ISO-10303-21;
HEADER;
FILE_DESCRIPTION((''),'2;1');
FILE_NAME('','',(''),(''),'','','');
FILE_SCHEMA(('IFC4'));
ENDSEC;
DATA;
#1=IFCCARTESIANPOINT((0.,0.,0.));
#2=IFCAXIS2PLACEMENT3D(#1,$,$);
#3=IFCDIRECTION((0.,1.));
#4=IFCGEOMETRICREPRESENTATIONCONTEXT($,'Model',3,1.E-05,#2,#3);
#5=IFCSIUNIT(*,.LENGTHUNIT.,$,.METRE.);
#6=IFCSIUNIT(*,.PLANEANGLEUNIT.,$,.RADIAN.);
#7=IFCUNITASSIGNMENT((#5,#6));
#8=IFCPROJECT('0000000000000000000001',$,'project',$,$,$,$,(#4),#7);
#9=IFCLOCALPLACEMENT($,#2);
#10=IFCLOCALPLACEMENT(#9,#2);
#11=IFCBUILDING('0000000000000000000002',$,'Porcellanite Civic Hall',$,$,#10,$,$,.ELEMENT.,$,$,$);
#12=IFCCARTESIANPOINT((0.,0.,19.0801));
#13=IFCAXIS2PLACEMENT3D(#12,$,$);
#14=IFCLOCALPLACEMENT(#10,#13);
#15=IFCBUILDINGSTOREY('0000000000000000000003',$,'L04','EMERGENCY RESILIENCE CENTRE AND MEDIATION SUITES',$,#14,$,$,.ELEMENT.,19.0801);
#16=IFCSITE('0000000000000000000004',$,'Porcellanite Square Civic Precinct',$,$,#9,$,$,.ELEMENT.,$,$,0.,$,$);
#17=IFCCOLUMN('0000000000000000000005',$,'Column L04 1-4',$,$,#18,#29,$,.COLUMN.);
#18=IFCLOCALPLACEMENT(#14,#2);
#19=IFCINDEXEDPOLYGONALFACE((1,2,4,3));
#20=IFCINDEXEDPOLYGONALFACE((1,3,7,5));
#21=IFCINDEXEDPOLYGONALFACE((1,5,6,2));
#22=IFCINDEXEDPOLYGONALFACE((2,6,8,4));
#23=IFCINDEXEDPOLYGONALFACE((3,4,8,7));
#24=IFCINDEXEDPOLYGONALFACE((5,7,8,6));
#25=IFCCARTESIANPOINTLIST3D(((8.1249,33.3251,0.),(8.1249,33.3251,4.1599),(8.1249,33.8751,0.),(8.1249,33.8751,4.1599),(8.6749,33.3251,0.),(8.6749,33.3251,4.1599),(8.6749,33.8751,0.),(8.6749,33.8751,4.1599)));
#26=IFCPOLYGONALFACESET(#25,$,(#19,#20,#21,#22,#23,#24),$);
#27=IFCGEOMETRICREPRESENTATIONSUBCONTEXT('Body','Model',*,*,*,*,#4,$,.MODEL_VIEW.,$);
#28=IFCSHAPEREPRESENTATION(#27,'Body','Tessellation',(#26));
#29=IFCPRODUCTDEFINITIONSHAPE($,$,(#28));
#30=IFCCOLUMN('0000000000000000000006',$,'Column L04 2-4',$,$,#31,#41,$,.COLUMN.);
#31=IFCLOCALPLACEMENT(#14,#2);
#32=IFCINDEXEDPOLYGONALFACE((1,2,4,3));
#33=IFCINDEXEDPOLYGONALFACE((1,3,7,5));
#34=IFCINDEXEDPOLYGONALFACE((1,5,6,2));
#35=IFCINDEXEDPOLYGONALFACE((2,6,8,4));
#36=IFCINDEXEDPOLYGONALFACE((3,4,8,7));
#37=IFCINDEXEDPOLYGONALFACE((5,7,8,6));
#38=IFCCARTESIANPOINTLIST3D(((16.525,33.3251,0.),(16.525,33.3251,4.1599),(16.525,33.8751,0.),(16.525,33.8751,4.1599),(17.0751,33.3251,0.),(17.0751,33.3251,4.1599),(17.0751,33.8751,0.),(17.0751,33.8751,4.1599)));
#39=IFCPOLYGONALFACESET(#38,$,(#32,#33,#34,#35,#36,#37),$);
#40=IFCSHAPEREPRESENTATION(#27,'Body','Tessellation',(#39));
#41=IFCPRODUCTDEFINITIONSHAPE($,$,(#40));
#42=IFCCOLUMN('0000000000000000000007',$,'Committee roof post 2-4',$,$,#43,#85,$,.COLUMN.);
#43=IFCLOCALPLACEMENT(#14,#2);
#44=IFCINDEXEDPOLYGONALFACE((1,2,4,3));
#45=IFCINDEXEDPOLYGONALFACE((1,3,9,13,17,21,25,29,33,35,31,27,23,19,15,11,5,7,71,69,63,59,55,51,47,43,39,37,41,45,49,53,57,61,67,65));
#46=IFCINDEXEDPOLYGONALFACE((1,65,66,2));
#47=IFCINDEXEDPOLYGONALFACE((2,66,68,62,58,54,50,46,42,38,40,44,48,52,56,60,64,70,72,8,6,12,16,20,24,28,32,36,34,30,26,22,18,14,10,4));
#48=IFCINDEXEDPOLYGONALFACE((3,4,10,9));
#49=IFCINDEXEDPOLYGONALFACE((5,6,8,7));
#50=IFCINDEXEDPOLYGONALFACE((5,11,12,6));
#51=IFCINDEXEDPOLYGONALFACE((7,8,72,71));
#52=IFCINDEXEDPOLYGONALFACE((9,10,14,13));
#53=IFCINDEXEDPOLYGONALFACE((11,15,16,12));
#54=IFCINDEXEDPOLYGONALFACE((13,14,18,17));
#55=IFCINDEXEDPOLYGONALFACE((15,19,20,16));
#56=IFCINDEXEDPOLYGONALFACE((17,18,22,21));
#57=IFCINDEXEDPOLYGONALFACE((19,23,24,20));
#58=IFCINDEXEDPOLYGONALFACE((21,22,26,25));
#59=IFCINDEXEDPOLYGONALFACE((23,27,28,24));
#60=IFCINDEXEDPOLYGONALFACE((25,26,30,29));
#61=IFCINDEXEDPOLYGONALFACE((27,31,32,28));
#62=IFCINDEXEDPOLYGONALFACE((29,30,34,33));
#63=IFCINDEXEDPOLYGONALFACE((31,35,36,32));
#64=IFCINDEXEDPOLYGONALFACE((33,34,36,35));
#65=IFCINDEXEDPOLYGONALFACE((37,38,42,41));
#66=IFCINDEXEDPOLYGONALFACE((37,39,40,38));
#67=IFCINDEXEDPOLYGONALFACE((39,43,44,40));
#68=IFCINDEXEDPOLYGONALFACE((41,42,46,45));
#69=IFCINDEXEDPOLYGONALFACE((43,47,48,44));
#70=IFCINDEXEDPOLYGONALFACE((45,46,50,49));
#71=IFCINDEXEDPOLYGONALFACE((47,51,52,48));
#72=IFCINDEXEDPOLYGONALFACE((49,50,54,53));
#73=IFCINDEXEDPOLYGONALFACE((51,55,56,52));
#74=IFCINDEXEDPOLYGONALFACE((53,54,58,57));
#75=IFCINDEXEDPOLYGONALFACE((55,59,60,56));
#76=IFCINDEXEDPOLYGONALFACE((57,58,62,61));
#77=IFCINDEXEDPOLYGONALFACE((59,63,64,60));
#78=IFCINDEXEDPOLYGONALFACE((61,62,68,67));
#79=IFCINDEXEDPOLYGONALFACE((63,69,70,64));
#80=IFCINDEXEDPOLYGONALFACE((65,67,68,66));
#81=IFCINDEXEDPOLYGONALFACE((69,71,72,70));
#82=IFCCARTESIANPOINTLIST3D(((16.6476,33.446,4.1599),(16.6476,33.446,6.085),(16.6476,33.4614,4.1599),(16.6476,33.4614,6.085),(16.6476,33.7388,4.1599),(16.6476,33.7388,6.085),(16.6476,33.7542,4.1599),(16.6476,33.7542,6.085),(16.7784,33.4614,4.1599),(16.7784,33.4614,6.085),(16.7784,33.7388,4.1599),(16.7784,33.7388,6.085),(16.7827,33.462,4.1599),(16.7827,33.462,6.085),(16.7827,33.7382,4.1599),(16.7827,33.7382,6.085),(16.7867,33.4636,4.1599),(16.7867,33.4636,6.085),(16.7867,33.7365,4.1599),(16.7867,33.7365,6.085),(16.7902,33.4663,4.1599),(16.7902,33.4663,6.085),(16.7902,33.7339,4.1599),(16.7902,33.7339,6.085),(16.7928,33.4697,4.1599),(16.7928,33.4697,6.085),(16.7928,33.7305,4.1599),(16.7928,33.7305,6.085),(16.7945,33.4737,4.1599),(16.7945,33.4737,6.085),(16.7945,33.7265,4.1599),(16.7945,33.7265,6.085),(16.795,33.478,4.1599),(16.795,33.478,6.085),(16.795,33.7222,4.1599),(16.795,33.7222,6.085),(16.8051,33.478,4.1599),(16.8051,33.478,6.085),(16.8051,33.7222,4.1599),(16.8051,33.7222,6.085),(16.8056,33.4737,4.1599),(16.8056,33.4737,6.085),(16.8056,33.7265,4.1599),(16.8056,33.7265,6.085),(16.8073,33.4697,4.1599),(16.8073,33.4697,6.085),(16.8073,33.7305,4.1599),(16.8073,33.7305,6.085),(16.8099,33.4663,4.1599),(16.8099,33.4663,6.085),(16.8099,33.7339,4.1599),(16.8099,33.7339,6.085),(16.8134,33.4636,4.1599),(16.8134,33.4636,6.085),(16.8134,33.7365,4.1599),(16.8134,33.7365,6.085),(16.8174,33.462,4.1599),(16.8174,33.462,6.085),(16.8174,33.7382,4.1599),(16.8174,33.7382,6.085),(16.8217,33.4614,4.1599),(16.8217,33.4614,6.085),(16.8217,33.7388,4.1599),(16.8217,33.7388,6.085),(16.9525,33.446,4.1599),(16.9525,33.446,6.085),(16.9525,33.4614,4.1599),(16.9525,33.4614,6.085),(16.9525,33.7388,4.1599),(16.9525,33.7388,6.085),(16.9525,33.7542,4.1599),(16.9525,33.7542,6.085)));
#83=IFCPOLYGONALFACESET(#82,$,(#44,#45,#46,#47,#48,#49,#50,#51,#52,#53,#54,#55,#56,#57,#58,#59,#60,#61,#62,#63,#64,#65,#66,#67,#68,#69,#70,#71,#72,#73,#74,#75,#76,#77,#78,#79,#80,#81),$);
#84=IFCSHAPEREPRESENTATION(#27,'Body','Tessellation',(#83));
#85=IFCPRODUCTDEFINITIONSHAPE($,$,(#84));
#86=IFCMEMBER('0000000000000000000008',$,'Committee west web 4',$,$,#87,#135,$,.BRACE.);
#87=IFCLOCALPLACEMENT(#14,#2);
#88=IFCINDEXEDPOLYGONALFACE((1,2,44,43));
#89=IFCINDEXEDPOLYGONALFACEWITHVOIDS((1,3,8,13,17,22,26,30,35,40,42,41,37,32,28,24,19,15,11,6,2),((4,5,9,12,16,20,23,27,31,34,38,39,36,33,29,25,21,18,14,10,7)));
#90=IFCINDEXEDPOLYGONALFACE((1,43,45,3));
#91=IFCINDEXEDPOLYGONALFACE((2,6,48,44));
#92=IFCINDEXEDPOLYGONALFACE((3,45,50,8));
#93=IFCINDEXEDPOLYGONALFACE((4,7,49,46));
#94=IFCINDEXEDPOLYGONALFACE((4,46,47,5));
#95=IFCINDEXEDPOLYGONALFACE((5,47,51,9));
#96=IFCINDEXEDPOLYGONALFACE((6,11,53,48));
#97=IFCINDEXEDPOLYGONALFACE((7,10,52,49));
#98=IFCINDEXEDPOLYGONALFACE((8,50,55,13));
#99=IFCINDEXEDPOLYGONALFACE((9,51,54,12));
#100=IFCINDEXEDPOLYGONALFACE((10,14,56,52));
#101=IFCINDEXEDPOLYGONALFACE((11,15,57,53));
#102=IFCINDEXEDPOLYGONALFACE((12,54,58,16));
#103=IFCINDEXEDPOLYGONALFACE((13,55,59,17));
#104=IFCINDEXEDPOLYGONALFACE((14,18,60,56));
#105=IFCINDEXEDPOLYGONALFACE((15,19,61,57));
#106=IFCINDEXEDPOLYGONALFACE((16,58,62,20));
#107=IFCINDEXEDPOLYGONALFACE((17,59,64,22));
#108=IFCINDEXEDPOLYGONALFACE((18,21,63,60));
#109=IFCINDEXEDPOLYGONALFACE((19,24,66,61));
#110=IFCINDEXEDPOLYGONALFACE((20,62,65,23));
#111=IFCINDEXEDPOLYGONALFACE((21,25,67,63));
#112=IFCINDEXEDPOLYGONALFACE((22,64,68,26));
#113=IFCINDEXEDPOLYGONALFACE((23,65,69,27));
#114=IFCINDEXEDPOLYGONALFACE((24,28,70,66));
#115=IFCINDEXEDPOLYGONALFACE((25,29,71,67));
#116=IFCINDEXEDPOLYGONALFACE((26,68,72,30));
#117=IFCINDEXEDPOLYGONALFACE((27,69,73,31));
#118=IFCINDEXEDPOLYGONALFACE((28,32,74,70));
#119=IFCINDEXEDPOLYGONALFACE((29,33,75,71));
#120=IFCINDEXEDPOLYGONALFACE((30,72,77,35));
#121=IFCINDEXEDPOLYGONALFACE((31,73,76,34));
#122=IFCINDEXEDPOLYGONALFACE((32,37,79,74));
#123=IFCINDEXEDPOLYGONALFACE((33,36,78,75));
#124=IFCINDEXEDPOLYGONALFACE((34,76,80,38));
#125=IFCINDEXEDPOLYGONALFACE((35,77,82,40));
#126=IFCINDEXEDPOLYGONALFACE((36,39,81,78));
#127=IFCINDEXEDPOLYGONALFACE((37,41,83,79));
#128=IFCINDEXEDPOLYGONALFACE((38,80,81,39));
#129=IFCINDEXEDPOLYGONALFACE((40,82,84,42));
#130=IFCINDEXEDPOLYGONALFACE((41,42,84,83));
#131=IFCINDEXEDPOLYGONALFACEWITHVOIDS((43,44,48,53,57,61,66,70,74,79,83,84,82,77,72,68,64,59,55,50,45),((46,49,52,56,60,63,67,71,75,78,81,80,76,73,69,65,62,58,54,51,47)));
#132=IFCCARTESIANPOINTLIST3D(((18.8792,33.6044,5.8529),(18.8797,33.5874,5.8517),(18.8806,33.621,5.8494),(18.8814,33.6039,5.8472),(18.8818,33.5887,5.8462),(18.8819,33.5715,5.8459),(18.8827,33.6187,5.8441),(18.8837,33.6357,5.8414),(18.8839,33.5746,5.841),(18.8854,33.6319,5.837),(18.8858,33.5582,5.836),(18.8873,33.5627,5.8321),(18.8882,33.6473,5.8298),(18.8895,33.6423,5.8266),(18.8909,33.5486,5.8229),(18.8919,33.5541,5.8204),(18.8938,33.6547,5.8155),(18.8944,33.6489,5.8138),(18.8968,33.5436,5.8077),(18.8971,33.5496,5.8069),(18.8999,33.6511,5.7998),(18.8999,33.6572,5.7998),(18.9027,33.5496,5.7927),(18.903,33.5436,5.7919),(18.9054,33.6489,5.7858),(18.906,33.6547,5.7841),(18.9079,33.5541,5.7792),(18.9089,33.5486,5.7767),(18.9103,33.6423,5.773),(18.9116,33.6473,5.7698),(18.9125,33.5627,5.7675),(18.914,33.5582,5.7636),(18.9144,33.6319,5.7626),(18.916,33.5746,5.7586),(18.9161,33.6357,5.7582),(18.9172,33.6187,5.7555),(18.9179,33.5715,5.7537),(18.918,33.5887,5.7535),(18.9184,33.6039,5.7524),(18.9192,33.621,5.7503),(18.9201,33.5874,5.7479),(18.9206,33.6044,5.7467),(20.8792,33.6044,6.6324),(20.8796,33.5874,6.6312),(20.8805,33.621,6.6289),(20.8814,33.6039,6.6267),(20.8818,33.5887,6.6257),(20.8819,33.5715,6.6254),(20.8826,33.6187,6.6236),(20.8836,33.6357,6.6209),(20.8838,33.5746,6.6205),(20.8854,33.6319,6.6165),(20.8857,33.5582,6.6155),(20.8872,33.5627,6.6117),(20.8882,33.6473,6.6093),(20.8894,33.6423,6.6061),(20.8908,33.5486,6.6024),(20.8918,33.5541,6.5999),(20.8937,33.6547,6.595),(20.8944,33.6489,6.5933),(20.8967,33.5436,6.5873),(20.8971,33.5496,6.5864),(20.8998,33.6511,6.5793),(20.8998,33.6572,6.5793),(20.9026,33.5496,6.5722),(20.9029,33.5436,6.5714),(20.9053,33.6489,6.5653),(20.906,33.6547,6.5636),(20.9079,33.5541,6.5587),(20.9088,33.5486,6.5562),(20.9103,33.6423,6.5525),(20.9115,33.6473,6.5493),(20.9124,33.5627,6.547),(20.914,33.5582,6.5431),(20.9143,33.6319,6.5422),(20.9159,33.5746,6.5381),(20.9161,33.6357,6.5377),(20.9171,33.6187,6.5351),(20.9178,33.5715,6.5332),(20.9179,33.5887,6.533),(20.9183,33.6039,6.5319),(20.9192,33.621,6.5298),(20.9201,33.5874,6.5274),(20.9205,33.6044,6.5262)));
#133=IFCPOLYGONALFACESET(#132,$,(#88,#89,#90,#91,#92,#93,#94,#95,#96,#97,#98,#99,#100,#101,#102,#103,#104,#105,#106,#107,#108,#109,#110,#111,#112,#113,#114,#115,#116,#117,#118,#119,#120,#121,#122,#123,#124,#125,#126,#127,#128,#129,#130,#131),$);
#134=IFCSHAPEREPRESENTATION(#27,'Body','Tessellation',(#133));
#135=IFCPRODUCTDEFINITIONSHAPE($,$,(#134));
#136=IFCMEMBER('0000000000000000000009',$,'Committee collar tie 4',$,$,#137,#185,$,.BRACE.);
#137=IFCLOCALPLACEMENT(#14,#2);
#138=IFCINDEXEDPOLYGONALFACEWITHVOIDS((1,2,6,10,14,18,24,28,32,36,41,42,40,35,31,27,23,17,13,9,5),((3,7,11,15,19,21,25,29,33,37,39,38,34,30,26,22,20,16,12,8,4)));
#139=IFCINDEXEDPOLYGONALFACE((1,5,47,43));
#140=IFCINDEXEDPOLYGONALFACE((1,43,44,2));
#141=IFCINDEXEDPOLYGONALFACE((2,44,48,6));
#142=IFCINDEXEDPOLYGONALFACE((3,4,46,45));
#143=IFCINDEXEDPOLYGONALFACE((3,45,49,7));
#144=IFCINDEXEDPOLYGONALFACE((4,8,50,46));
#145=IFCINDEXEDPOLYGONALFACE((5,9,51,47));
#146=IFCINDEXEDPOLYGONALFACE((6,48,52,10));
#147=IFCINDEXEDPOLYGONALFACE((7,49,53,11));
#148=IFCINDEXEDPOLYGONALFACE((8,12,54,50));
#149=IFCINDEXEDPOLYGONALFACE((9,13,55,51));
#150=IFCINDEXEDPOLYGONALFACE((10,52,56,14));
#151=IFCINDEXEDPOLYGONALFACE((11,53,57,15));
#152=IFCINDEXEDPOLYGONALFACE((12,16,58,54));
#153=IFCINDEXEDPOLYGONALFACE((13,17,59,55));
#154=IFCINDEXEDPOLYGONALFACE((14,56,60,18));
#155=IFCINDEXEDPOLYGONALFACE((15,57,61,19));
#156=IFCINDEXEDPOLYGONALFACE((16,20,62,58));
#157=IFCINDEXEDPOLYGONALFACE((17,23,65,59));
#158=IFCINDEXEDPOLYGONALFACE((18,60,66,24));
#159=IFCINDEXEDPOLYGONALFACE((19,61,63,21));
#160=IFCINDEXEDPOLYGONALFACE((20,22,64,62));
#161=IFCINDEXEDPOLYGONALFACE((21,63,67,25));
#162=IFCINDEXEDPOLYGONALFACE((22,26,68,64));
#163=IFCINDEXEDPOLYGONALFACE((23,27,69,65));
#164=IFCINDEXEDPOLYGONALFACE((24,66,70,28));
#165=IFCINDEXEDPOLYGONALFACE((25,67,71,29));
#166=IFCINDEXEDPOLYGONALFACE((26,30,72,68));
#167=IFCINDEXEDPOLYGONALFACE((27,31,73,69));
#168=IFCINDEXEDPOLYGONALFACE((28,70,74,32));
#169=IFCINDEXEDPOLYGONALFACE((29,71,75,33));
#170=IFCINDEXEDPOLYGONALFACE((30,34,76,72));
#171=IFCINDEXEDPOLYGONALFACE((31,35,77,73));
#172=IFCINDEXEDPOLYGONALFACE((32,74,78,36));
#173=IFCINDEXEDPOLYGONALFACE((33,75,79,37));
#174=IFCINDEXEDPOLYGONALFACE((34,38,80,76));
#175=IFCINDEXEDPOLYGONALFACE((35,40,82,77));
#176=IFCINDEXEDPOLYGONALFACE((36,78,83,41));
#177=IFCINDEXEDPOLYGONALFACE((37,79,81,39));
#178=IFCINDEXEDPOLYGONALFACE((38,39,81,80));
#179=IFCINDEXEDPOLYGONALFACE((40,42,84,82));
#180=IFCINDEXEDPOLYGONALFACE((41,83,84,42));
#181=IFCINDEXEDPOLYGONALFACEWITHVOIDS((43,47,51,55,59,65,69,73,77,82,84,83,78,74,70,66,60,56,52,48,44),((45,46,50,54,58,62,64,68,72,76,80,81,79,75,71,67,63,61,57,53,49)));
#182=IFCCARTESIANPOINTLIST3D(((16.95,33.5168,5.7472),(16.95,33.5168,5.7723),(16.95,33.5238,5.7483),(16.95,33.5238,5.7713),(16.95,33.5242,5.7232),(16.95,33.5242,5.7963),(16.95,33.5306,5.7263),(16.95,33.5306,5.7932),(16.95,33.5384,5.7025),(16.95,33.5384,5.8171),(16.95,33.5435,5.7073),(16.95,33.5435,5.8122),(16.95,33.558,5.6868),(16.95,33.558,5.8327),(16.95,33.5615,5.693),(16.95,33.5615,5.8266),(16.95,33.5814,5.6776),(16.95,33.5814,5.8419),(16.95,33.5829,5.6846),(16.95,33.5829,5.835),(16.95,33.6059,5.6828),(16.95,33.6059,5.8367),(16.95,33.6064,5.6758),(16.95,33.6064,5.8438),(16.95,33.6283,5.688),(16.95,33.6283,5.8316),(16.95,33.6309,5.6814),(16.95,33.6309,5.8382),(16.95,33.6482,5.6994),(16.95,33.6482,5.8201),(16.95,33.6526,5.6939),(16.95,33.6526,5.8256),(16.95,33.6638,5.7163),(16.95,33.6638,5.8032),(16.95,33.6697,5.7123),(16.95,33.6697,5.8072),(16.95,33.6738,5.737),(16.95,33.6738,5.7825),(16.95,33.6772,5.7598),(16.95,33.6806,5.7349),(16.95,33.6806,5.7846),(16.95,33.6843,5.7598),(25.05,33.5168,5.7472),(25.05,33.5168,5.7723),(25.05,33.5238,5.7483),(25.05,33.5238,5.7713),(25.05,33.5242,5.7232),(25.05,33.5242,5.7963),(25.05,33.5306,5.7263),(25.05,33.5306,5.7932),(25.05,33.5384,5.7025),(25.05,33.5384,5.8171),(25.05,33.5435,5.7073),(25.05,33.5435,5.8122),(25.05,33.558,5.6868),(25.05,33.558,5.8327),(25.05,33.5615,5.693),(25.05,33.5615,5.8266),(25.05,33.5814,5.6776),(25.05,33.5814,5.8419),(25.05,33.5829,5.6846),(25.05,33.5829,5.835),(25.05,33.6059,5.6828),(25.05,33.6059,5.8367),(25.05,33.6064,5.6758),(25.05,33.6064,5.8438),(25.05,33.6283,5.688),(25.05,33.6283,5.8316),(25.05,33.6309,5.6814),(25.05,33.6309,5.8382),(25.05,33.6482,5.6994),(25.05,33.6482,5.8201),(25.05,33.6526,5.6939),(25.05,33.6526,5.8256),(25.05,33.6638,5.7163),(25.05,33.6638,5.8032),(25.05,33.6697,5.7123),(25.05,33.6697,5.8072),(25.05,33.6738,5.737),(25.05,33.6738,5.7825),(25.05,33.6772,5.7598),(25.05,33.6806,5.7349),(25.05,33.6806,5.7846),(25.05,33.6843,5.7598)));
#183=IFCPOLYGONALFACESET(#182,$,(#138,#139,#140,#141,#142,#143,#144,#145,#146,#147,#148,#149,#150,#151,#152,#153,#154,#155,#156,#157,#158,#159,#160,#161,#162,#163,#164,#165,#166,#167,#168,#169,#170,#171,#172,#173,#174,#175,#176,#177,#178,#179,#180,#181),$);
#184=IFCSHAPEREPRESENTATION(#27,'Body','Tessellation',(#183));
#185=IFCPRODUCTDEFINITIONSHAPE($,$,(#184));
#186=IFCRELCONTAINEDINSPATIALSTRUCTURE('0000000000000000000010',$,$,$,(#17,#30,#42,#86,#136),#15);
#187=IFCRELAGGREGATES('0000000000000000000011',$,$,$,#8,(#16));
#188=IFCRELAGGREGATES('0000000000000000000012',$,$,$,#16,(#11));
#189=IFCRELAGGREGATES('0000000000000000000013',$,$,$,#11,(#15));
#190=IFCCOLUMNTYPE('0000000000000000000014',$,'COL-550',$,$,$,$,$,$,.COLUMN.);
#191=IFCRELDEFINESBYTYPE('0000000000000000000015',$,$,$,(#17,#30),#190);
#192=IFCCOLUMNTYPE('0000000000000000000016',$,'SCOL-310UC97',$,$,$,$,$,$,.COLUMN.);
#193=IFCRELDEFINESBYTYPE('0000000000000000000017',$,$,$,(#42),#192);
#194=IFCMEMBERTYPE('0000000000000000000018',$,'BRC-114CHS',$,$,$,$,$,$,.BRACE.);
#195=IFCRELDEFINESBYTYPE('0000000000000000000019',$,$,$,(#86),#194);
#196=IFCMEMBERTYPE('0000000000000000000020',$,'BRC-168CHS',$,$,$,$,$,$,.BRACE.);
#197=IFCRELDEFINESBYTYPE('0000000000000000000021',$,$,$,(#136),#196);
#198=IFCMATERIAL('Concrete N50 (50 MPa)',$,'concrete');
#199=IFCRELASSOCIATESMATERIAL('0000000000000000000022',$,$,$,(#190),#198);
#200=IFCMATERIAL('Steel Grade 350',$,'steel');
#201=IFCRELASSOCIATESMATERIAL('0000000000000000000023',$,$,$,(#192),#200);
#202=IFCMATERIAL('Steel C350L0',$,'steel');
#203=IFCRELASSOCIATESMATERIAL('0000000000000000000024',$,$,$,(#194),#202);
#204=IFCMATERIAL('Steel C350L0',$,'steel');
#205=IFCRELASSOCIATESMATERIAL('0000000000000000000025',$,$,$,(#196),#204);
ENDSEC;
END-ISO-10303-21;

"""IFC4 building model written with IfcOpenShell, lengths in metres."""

from ifc_helpers import new_model, si_unit, direction, frame, origin, origin_2d, place, context, subcontext, project, spatial, rectangle, hollow_circle, i_section, extrude, material, material_profile, profile_set, type_object, element, save


model = new_model("IFC4")

# Units and contexts
model_context = context("Model", 3, precision=1e-05, world=origin(), true_north=direction((0.0, 1.0)))
body_context = subcontext(model_context, "Body", "Model", "MODEL_VIEW")
ifc_project = project(units=[si_unit("LENGTHUNIT", "METRE"), si_unit("PLANEANGLEUNIT", "RADIAN")], contexts=[model_context])

# Site, building, storey
site_placement = place(None, origin())
site = spatial("IfcSite", under=ifc_project, at=site_placement, Name="Porcellanite Square Civic Precinct", CompositionType="ELEMENT", RefElevation=0.0)
building_placement = place(site_placement, origin())
building = spatial("IfcBuilding", under=site, at=building_placement, Name="Porcellanite Civic Hall", CompositionType="ELEMENT")
storey_placement = place(building_placement, frame((0.0, 0.0, 19.0801)))
storey = spatial("IfcBuildingStorey", under=building, at=storey_placement, Name="L04", Description="EMERGENCY RESILIENCE CENTRE AND MEDIATION SUITES", CompositionType="ELEMENT", Elevation=19.0801)

# Columns
ifc_material_1 = material(Name="Concrete N50 (50 MPa)", Category="concrete")
ifc_material_profile_1 = material_profile(ifc_material_1, rectangle(XDim=0.55, YDim=0.55, at=origin_2d()), Name="RC-550x550")
ifc_profile_set_1 = profile_set([ifc_material_profile_1], Name="Concrete N50 (50 MPa)")
column_type_1 = type_object("IfcColumnType", Name="COL-550", PredefinedType="COLUMN", material=ifc_profile_set_1)
for number, where, z_axis, x_axis, name in (
    (1, (8.3999, 33.6001, 0.0), (0.0, 0.0, 1.0), (1.0, 0.0, 0.0), "Column L04 1-4"),
    (2, (16.8, 33.6001, 0.0), (0.0, 0.0, 1.0), (1.0, 0.0, 0.0), "Column L04 2-4"),
):
    element("IfcColumn", number, at=place(storey_placement, frame(where, z_axis=z_axis, x_axis=x_axis)), inside=storey, type_object=column_type_1, Name=name, PredefinedType="COLUMN", context=body_context, shape_type="SweptSolid", body=[
        extrude(rectangle(XDim=0.55, YDim=0.55, at=origin_2d()), origin(), (0.0, 0.0, 1.0), 4.1599),
    ])
ifc_material_2 = material(Name="Steel Grade 350", Category="steel")
ifc_material_profile_2 = material_profile(ifc_material_2, i_section(OverallWidth=0.3049, OverallDepth=0.3081, WebThickness=0.01, FlangeThickness=0.0154, FilletRadius=0.0166, at=origin_2d()), Name="310UC96.8")
ifc_profile_set_2 = profile_set([ifc_material_profile_2], Name="Steel Grade 350")
column_type_2 = type_object("IfcColumnType", Name="SCOL-310UC97", PredefinedType="COLUMN", material=ifc_profile_set_2)
column_placement = place(storey_placement, frame((16.8, 33.6001, 4.1599), z_axis=(0.0, 0.0, 1.0), x_axis=(1.0, 0.0, 0.0)))
element("IfcColumn", 3, at=column_placement, inside=storey, type_object=column_type_2, Name="Committee roof post 2-4", PredefinedType="COLUMN", context=body_context, shape_type="SweptSolid", body=[
    extrude(i_section(OverallWidth=0.3049, OverallDepth=0.3081, WebThickness=0.01, FlangeThickness=0.0154, FilletRadius=0.0166, at=origin_2d()), origin(), (0.0, 0.0, 1.0), 1.925),
])

# Members
ifc_material_3 = material(Name="Steel C350L0", Category="steel")
ifc_material_profile_3 = material_profile(ifc_material_3, hollow_circle(Radius=0.0571, WallThickness=0.0061, at=origin_2d()), Name="114.3x6.0CHS")
ifc_profile_set_3 = profile_set([ifc_material_profile_3], Name="Steel C350L0")
member_type_1 = type_object("IfcMemberType", Name="BRC-114CHS", PredefinedType="BRACE", material=ifc_profile_set_3)
member_1_placement = place(storey_placement, frame((18.8999, 33.6001, 5.7998), z_axis=(0.931727, 0.0, 0.36316), x_axis=(0.0, 1.0, 0.0)))
element("IfcMember", 4, at=member_1_placement, inside=storey, type_object=member_type_1, Name="Committee west web 4", PredefinedType="BRACE", context=body_context, shape_type="SweptSolid", body=[
    extrude(hollow_circle(Radius=0.0571, WallThickness=0.0061, at=origin_2d()), origin(), (0.0, 0.0, 1.0), 2.1465),
])
ifc_material_4 = material(Name="Steel C350L0", Category="steel")
ifc_material_profile_4 = material_profile(ifc_material_4, hollow_circle(Radius=0.0842, WallThickness=0.0071, at=origin_2d()), Name="168.3x7.1CHS")
ifc_profile_set_4 = profile_set([ifc_material_profile_4], Name="Steel C350L0")
member_type_2 = type_object("IfcMemberType", Name="BRC-168CHS", PredefinedType="BRACE", material=ifc_profile_set_4)
member_2_placement = place(storey_placement, frame((16.95, 33.6001, 5.7598), z_axis=(1.0, 0.0, 0.0), x_axis=(0.0, 1.0, 0.0)))
element("IfcMember", 5, at=member_2_placement, inside=storey, type_object=member_type_2, Name="Committee collar tie 4", PredefinedType="BRACE", context=body_context, shape_type="SweptSolid", body=[
    extrude(hollow_circle(Radius=0.0842, WallThickness=0.0071, at=origin_2d()), origin(), (0.0, 0.0, 1.0), 8.1001),
])

save(model, "model.ifc")
